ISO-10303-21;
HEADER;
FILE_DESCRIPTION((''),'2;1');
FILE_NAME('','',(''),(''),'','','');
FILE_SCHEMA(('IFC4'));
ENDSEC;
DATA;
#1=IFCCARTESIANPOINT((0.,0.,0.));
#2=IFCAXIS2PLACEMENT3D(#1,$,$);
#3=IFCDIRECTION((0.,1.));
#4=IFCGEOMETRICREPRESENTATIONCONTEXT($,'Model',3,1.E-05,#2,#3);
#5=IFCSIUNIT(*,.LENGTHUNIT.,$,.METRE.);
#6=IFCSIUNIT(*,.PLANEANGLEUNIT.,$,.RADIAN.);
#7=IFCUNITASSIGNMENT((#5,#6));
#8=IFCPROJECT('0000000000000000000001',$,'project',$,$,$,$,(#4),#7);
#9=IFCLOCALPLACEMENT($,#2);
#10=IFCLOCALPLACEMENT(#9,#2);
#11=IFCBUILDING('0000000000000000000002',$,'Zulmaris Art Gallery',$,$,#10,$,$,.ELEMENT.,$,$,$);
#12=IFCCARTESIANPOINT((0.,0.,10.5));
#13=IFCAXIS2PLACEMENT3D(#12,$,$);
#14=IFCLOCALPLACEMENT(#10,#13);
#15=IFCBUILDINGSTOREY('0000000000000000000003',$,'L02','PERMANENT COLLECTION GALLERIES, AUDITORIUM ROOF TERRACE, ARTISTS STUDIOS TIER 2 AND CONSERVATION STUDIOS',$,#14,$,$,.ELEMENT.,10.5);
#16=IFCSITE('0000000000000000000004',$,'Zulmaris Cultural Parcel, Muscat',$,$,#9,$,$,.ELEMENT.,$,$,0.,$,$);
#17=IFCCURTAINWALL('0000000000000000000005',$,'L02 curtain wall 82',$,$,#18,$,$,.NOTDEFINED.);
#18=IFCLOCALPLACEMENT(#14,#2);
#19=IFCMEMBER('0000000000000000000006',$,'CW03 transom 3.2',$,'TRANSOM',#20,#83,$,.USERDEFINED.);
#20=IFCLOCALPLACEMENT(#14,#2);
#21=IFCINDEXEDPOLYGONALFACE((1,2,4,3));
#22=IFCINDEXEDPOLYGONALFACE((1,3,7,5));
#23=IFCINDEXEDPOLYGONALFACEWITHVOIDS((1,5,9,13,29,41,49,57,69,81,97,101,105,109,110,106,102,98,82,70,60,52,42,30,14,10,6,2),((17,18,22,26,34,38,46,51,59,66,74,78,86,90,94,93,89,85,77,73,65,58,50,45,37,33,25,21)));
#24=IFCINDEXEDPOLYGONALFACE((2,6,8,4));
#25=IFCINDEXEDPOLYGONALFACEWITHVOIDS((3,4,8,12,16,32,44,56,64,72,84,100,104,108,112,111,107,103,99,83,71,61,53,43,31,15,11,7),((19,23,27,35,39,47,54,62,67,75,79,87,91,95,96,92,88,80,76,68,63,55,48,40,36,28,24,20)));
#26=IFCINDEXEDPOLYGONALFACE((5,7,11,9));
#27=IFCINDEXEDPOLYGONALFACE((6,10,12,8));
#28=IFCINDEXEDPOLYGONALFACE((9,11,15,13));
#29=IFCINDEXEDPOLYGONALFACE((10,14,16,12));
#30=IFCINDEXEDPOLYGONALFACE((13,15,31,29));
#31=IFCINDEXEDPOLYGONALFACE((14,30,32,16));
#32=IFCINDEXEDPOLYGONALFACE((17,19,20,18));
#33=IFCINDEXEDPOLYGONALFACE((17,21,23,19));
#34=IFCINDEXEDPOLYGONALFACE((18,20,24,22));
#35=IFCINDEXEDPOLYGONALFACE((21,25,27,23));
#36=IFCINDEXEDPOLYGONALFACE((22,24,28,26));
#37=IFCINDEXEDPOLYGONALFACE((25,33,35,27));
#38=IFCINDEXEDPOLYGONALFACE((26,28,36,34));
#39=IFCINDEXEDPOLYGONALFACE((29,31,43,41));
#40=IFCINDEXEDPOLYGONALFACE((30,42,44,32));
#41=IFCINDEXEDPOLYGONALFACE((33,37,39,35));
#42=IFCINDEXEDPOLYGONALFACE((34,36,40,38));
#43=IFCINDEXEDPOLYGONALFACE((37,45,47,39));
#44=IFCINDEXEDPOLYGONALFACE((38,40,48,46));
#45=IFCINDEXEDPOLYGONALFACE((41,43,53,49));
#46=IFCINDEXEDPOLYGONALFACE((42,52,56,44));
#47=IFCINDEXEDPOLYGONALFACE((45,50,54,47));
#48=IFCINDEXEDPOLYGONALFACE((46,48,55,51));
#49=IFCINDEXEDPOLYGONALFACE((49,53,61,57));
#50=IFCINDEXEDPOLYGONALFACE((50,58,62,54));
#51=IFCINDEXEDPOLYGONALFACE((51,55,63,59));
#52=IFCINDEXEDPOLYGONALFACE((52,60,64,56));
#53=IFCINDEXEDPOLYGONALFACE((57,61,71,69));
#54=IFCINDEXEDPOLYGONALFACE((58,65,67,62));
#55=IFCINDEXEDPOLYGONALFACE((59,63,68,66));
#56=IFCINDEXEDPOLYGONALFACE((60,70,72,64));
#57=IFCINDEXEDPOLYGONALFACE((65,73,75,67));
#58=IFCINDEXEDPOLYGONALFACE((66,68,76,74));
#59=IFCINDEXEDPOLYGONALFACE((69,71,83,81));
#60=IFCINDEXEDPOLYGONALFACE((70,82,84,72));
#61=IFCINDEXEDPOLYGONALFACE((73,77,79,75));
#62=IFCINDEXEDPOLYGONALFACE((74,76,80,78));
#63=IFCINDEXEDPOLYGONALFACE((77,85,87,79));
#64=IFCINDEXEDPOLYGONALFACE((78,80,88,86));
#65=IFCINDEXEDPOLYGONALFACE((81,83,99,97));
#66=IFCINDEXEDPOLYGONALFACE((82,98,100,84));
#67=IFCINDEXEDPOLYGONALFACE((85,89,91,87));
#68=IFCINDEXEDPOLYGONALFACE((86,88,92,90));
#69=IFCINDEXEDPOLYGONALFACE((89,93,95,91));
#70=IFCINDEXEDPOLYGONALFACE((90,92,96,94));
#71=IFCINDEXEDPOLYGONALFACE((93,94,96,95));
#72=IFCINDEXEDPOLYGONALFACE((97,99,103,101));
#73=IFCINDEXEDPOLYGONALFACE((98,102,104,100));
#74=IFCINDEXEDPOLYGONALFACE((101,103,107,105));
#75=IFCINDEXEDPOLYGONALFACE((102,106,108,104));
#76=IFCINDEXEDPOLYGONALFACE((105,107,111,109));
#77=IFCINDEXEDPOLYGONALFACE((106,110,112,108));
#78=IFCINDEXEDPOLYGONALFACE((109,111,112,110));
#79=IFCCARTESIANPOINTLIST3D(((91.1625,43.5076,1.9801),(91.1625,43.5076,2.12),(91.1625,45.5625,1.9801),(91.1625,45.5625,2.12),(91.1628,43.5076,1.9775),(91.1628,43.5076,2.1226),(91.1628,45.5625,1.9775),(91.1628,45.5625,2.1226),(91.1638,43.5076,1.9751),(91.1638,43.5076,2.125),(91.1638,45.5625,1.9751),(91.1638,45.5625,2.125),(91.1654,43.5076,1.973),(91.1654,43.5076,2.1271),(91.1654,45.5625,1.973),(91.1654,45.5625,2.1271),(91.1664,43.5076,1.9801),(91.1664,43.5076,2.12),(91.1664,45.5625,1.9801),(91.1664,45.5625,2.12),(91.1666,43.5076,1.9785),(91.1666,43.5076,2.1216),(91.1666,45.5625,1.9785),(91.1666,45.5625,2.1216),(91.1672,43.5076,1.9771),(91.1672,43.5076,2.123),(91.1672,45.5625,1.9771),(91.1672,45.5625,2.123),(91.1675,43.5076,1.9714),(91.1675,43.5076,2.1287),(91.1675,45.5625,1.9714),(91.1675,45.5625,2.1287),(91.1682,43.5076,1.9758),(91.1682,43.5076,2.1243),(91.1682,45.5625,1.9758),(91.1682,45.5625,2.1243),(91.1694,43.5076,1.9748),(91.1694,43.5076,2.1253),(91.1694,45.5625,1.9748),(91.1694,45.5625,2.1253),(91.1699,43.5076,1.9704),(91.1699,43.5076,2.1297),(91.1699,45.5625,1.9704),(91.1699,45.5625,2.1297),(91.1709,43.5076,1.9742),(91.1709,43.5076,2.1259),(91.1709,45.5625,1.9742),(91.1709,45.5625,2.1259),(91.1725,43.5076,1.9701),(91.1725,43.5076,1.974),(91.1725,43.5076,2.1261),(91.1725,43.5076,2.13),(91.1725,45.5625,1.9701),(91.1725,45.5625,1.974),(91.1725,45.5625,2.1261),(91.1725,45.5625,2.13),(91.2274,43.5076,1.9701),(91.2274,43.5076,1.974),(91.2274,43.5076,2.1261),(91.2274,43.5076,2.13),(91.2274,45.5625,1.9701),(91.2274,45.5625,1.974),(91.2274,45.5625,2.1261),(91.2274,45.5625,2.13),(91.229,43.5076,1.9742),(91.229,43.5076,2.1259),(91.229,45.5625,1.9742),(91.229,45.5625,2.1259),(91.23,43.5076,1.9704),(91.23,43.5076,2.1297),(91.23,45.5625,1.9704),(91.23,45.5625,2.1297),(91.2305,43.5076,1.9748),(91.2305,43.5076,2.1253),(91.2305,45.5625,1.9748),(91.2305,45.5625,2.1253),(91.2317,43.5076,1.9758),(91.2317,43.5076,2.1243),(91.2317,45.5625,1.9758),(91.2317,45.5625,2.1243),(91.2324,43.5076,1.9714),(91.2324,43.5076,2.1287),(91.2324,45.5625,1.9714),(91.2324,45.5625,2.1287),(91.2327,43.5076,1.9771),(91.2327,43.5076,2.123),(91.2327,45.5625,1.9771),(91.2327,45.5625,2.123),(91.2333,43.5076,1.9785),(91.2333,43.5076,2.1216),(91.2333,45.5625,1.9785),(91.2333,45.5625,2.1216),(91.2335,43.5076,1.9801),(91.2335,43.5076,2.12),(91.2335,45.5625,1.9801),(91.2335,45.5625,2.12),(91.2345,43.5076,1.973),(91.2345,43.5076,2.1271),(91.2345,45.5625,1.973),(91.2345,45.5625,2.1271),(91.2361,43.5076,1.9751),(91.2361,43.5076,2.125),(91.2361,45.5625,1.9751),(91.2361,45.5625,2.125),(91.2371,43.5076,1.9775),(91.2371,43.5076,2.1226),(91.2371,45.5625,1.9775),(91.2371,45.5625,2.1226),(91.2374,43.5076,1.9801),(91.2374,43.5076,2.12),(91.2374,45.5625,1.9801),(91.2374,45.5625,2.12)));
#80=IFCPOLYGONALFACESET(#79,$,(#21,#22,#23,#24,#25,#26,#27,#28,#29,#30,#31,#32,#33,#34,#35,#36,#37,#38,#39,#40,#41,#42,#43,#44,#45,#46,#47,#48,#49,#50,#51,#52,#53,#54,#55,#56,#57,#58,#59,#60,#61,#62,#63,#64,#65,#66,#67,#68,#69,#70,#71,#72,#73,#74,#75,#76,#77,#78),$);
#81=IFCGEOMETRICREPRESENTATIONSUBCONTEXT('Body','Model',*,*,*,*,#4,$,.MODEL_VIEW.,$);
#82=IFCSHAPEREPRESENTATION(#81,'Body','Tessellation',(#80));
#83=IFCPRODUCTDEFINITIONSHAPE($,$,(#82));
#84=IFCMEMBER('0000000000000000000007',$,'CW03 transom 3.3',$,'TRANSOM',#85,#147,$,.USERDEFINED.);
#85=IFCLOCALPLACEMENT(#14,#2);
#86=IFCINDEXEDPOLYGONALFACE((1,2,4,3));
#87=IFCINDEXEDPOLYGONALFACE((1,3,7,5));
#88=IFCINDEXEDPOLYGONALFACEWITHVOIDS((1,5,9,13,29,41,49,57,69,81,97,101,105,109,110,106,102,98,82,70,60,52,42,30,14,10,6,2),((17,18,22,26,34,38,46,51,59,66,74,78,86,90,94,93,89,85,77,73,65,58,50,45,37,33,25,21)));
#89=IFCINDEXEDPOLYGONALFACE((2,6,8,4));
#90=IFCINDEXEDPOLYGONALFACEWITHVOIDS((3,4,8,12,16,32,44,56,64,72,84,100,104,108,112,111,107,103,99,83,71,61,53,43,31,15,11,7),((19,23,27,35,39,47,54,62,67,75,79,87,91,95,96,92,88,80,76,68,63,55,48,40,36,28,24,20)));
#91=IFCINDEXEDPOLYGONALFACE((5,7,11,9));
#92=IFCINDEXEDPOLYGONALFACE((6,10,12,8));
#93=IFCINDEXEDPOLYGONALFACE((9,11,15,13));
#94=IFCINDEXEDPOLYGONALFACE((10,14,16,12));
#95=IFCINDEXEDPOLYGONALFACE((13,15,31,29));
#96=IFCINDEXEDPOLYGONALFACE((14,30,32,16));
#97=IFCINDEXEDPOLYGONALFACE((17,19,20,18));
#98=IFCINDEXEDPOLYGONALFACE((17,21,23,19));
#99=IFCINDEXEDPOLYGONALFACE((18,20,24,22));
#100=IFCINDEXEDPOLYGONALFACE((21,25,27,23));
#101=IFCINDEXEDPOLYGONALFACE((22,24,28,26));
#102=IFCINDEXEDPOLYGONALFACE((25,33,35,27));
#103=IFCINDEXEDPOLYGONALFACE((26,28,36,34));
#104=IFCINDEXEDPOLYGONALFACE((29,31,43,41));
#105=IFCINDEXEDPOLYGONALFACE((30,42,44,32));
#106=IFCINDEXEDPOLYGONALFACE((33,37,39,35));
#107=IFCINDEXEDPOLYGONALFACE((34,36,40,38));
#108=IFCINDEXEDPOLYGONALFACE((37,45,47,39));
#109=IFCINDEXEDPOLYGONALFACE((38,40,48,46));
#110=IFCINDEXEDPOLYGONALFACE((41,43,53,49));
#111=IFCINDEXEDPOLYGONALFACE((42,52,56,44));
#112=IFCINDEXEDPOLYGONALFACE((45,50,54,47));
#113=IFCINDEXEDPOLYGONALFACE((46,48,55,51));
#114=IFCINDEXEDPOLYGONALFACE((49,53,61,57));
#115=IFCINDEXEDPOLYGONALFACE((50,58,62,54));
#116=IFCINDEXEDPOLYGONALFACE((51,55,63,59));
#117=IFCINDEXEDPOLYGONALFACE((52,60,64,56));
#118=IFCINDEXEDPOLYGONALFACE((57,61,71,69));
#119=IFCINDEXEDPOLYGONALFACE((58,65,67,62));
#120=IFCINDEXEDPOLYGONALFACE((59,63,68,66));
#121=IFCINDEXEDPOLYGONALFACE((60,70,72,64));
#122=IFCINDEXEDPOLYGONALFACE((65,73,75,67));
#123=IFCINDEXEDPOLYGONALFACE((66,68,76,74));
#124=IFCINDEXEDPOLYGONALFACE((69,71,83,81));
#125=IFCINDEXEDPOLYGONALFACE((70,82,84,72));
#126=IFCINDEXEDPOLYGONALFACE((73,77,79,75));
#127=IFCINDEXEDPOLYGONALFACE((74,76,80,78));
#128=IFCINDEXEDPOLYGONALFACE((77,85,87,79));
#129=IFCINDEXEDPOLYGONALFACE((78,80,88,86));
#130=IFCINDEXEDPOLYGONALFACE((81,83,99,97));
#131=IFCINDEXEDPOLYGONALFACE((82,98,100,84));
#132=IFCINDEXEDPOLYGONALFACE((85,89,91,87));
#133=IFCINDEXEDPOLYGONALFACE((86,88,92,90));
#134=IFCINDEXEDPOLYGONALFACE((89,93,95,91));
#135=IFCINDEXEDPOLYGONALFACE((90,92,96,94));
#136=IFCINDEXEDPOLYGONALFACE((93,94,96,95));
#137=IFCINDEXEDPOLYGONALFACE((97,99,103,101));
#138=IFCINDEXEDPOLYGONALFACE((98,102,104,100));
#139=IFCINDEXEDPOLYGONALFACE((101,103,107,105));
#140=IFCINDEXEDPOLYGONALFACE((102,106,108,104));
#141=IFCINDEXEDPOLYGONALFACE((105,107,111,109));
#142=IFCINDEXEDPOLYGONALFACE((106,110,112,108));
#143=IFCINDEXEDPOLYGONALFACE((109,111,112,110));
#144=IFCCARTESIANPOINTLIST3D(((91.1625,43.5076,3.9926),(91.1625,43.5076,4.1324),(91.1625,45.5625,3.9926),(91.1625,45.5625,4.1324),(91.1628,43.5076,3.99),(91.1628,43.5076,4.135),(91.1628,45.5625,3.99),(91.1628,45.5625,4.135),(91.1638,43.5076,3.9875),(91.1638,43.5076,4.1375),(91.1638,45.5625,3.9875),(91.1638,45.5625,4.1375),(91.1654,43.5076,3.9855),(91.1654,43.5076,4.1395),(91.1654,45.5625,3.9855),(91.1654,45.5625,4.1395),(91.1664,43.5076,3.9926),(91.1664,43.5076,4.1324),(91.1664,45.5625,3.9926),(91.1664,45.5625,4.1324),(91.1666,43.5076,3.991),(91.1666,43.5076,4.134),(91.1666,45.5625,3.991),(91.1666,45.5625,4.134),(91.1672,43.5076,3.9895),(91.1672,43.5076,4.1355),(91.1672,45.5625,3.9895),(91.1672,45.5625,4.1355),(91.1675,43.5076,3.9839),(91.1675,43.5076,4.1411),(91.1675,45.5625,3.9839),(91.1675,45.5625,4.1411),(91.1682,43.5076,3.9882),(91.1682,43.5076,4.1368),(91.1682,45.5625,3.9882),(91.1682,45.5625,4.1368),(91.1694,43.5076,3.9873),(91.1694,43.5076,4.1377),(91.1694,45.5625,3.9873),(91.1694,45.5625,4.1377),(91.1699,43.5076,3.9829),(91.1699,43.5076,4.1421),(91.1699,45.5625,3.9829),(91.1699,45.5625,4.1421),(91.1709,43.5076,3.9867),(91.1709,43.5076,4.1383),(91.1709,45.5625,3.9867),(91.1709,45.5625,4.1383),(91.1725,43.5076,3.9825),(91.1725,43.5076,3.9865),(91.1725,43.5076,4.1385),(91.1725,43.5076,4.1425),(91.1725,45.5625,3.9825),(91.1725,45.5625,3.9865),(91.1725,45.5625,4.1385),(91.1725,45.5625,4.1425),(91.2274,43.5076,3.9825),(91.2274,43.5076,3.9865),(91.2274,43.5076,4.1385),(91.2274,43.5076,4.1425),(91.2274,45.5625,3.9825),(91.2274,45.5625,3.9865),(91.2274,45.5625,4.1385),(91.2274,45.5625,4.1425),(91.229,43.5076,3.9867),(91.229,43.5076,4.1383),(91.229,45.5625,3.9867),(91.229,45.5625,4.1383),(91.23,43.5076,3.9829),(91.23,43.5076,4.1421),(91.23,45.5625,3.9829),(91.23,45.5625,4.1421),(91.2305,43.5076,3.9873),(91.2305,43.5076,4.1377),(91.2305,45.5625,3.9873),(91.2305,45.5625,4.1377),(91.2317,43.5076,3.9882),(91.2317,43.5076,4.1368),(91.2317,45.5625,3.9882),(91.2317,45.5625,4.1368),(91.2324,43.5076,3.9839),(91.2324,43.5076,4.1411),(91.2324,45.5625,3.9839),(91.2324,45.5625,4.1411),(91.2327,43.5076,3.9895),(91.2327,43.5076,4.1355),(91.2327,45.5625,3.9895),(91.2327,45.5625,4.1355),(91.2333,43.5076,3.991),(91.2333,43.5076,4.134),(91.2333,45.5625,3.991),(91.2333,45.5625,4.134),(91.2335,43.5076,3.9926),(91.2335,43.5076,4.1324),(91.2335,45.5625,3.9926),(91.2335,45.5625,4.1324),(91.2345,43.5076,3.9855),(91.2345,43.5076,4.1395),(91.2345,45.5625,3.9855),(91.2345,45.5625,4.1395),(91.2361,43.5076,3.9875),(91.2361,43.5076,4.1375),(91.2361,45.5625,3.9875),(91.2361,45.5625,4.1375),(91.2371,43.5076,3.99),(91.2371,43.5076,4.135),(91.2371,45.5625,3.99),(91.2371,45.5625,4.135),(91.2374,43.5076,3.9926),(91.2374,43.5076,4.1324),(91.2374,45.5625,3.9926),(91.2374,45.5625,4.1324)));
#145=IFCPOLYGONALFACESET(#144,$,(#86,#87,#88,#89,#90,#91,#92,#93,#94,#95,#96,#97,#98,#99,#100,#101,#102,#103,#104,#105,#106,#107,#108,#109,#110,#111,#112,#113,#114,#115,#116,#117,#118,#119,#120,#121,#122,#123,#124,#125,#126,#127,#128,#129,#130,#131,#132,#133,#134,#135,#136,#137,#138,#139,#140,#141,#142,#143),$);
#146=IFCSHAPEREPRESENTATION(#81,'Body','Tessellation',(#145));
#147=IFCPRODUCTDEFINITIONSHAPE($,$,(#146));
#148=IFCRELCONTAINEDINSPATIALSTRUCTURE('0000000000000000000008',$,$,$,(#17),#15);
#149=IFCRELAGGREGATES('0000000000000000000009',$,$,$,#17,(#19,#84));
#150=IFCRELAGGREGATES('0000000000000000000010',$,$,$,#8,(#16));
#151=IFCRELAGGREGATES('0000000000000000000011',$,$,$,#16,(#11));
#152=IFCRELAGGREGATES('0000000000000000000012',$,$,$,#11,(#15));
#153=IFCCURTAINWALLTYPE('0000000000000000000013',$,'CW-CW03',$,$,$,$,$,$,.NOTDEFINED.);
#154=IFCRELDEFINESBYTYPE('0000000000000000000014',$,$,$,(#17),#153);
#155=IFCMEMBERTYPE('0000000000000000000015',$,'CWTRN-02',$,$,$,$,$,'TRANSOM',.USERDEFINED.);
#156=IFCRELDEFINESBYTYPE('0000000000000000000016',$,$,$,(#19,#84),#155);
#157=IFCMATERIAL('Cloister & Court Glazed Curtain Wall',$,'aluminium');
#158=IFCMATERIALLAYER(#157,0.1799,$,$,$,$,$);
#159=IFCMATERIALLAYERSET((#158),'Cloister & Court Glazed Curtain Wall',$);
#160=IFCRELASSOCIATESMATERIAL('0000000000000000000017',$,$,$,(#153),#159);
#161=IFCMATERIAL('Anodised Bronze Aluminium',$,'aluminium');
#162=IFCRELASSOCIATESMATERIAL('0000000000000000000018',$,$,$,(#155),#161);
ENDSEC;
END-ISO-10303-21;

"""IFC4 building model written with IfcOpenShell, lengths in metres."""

from ifc_helpers import new_model, si_unit, direction, frame, origin, origin_2d, place, context, subcontext, project, spatial, hollow_rectangle, extrude, material, layer, layer_set, material_profile, profile_set, type_object, element, aggregate, save


model = new_model("IFC4")

# Units and contexts
model_context = context("Model", 3, precision=1e-05, world=origin(), true_north=direction((0.0, 1.0)))
body_context = subcontext(model_context, "Body", "Model", "MODEL_VIEW")
ifc_project = project(units=[si_unit("LENGTHUNIT", "METRE"), si_unit("PLANEANGLEUNIT", "RADIAN")], contexts=[model_context])

# Site, building, storey
site_placement = place(None, origin())
site = spatial("IfcSite", under=ifc_project, at=site_placement, Name="Zulmaris Cultural Parcel, Muscat", CompositionType="ELEMENT", RefElevation=0.0)
building_placement = place(site_placement, origin())
building = spatial("IfcBuilding", under=site, at=building_placement, Name="Zulmaris Art Gallery", CompositionType="ELEMENT")
storey_placement = place(building_placement, frame((0.0, 0.0, 10.5)))
storey = spatial("IfcBuildingStorey", under=building, at=storey_placement, Name="L02", Description="PERMANENT COLLECTION GALLERIES, AUDITORIUM ROOF TERRACE, ARTISTS STUDIOS TIER 2 AND CONSERVATION STUDIOS", CompositionType="ELEMENT", Elevation=10.5)

# Curtain wall
ifc_material_1 = material(Name="Cloister & Court Glazed Curtain Wall", Category="aluminium")
ifc_layer_1 = layer(ifc_material_1, 0.1799)
ifc_layer_set_1 = layer_set([ifc_layer_1], Name="Cloister & Court Glazed Curtain Wall")
curtain_wall_type = type_object("IfcCurtainWallType", Name="CW-CW03", PredefinedType="NOTDEFINED", material=ifc_layer_set_1)
ifc_material_2 = material(Name="Anodised Bronze Aluminium", Category="aluminium")
curtain_wall_1_placement = place(storey_placement, origin())
curtain_wall_1 = element("IfcCurtainWall", 1, at=curtain_wall_1_placement, inside=storey, type_object=curtain_wall_type, Name="L02 curtain wall 82", PredefinedType="NOTDEFINED")

# Members
ifc_material_profile_1 = material_profile(ifc_material_2, hollow_rectangle(XDim=0.075, YDim=0.1599, WallThickness=0.0039, InnerFilletRadius=0.0061, OuterFilletRadius=0.01, at=origin_2d()), Name="ALU 75x160x4")
ifc_profile_set_1 = profile_set([ifc_material_profile_1], Name="Anodised Bronze Aluminium")
member_type_1 = type_object("IfcMemberType", Name="CWTRN-02", ElementType="TRANSOM", PredefinedType="USERDEFINED", material=ifc_profile_set_1)
member_1_placement = place(storey_placement, frame((91.2, 45.5625, 2.05), z_axis=(0.0, -1.0, 0.0), x_axis=(1.0, 0.0, 0.0)))
member_1 = element("IfcMember", 2, at=member_1_placement, type_object=member_type_1, Name="CW03 transom 3.2", ObjectType="TRANSOM", PredefinedType="USERDEFINED", context=body_context, shape_type="SweptSolid", body=[
    extrude(hollow_rectangle(XDim=0.075, YDim=0.1599, WallThickness=0.0039, InnerFilletRadius=0.0061, OuterFilletRadius=0.01, at=origin_2d()), origin(), (0.0, 0.0, 1.0), 2.0549),
])
member_2_placement = place(storey_placement, frame((91.2, 45.5625, 4.0625), z_axis=(0.0, -1.0, 0.0), x_axis=(1.0, 0.0, 0.0)))
member_2 = element("IfcMember", 3, at=member_2_placement, type_object=member_type_1, Name="CW03 transom 3.3", ObjectType="TRANSOM", PredefinedType="USERDEFINED", context=body_context, shape_type="SweptSolid", body=[
    extrude(hollow_rectangle(XDim=0.075, YDim=0.1599, WallThickness=0.0039, InnerFilletRadius=0.0061, OuterFilletRadius=0.01, at=origin_2d()), origin(), (0.0, 0.0, 1.0), 2.0549),
])

aggregate(curtain_wall_1, [member_1, member_2])

save(model, "model.ifc")
